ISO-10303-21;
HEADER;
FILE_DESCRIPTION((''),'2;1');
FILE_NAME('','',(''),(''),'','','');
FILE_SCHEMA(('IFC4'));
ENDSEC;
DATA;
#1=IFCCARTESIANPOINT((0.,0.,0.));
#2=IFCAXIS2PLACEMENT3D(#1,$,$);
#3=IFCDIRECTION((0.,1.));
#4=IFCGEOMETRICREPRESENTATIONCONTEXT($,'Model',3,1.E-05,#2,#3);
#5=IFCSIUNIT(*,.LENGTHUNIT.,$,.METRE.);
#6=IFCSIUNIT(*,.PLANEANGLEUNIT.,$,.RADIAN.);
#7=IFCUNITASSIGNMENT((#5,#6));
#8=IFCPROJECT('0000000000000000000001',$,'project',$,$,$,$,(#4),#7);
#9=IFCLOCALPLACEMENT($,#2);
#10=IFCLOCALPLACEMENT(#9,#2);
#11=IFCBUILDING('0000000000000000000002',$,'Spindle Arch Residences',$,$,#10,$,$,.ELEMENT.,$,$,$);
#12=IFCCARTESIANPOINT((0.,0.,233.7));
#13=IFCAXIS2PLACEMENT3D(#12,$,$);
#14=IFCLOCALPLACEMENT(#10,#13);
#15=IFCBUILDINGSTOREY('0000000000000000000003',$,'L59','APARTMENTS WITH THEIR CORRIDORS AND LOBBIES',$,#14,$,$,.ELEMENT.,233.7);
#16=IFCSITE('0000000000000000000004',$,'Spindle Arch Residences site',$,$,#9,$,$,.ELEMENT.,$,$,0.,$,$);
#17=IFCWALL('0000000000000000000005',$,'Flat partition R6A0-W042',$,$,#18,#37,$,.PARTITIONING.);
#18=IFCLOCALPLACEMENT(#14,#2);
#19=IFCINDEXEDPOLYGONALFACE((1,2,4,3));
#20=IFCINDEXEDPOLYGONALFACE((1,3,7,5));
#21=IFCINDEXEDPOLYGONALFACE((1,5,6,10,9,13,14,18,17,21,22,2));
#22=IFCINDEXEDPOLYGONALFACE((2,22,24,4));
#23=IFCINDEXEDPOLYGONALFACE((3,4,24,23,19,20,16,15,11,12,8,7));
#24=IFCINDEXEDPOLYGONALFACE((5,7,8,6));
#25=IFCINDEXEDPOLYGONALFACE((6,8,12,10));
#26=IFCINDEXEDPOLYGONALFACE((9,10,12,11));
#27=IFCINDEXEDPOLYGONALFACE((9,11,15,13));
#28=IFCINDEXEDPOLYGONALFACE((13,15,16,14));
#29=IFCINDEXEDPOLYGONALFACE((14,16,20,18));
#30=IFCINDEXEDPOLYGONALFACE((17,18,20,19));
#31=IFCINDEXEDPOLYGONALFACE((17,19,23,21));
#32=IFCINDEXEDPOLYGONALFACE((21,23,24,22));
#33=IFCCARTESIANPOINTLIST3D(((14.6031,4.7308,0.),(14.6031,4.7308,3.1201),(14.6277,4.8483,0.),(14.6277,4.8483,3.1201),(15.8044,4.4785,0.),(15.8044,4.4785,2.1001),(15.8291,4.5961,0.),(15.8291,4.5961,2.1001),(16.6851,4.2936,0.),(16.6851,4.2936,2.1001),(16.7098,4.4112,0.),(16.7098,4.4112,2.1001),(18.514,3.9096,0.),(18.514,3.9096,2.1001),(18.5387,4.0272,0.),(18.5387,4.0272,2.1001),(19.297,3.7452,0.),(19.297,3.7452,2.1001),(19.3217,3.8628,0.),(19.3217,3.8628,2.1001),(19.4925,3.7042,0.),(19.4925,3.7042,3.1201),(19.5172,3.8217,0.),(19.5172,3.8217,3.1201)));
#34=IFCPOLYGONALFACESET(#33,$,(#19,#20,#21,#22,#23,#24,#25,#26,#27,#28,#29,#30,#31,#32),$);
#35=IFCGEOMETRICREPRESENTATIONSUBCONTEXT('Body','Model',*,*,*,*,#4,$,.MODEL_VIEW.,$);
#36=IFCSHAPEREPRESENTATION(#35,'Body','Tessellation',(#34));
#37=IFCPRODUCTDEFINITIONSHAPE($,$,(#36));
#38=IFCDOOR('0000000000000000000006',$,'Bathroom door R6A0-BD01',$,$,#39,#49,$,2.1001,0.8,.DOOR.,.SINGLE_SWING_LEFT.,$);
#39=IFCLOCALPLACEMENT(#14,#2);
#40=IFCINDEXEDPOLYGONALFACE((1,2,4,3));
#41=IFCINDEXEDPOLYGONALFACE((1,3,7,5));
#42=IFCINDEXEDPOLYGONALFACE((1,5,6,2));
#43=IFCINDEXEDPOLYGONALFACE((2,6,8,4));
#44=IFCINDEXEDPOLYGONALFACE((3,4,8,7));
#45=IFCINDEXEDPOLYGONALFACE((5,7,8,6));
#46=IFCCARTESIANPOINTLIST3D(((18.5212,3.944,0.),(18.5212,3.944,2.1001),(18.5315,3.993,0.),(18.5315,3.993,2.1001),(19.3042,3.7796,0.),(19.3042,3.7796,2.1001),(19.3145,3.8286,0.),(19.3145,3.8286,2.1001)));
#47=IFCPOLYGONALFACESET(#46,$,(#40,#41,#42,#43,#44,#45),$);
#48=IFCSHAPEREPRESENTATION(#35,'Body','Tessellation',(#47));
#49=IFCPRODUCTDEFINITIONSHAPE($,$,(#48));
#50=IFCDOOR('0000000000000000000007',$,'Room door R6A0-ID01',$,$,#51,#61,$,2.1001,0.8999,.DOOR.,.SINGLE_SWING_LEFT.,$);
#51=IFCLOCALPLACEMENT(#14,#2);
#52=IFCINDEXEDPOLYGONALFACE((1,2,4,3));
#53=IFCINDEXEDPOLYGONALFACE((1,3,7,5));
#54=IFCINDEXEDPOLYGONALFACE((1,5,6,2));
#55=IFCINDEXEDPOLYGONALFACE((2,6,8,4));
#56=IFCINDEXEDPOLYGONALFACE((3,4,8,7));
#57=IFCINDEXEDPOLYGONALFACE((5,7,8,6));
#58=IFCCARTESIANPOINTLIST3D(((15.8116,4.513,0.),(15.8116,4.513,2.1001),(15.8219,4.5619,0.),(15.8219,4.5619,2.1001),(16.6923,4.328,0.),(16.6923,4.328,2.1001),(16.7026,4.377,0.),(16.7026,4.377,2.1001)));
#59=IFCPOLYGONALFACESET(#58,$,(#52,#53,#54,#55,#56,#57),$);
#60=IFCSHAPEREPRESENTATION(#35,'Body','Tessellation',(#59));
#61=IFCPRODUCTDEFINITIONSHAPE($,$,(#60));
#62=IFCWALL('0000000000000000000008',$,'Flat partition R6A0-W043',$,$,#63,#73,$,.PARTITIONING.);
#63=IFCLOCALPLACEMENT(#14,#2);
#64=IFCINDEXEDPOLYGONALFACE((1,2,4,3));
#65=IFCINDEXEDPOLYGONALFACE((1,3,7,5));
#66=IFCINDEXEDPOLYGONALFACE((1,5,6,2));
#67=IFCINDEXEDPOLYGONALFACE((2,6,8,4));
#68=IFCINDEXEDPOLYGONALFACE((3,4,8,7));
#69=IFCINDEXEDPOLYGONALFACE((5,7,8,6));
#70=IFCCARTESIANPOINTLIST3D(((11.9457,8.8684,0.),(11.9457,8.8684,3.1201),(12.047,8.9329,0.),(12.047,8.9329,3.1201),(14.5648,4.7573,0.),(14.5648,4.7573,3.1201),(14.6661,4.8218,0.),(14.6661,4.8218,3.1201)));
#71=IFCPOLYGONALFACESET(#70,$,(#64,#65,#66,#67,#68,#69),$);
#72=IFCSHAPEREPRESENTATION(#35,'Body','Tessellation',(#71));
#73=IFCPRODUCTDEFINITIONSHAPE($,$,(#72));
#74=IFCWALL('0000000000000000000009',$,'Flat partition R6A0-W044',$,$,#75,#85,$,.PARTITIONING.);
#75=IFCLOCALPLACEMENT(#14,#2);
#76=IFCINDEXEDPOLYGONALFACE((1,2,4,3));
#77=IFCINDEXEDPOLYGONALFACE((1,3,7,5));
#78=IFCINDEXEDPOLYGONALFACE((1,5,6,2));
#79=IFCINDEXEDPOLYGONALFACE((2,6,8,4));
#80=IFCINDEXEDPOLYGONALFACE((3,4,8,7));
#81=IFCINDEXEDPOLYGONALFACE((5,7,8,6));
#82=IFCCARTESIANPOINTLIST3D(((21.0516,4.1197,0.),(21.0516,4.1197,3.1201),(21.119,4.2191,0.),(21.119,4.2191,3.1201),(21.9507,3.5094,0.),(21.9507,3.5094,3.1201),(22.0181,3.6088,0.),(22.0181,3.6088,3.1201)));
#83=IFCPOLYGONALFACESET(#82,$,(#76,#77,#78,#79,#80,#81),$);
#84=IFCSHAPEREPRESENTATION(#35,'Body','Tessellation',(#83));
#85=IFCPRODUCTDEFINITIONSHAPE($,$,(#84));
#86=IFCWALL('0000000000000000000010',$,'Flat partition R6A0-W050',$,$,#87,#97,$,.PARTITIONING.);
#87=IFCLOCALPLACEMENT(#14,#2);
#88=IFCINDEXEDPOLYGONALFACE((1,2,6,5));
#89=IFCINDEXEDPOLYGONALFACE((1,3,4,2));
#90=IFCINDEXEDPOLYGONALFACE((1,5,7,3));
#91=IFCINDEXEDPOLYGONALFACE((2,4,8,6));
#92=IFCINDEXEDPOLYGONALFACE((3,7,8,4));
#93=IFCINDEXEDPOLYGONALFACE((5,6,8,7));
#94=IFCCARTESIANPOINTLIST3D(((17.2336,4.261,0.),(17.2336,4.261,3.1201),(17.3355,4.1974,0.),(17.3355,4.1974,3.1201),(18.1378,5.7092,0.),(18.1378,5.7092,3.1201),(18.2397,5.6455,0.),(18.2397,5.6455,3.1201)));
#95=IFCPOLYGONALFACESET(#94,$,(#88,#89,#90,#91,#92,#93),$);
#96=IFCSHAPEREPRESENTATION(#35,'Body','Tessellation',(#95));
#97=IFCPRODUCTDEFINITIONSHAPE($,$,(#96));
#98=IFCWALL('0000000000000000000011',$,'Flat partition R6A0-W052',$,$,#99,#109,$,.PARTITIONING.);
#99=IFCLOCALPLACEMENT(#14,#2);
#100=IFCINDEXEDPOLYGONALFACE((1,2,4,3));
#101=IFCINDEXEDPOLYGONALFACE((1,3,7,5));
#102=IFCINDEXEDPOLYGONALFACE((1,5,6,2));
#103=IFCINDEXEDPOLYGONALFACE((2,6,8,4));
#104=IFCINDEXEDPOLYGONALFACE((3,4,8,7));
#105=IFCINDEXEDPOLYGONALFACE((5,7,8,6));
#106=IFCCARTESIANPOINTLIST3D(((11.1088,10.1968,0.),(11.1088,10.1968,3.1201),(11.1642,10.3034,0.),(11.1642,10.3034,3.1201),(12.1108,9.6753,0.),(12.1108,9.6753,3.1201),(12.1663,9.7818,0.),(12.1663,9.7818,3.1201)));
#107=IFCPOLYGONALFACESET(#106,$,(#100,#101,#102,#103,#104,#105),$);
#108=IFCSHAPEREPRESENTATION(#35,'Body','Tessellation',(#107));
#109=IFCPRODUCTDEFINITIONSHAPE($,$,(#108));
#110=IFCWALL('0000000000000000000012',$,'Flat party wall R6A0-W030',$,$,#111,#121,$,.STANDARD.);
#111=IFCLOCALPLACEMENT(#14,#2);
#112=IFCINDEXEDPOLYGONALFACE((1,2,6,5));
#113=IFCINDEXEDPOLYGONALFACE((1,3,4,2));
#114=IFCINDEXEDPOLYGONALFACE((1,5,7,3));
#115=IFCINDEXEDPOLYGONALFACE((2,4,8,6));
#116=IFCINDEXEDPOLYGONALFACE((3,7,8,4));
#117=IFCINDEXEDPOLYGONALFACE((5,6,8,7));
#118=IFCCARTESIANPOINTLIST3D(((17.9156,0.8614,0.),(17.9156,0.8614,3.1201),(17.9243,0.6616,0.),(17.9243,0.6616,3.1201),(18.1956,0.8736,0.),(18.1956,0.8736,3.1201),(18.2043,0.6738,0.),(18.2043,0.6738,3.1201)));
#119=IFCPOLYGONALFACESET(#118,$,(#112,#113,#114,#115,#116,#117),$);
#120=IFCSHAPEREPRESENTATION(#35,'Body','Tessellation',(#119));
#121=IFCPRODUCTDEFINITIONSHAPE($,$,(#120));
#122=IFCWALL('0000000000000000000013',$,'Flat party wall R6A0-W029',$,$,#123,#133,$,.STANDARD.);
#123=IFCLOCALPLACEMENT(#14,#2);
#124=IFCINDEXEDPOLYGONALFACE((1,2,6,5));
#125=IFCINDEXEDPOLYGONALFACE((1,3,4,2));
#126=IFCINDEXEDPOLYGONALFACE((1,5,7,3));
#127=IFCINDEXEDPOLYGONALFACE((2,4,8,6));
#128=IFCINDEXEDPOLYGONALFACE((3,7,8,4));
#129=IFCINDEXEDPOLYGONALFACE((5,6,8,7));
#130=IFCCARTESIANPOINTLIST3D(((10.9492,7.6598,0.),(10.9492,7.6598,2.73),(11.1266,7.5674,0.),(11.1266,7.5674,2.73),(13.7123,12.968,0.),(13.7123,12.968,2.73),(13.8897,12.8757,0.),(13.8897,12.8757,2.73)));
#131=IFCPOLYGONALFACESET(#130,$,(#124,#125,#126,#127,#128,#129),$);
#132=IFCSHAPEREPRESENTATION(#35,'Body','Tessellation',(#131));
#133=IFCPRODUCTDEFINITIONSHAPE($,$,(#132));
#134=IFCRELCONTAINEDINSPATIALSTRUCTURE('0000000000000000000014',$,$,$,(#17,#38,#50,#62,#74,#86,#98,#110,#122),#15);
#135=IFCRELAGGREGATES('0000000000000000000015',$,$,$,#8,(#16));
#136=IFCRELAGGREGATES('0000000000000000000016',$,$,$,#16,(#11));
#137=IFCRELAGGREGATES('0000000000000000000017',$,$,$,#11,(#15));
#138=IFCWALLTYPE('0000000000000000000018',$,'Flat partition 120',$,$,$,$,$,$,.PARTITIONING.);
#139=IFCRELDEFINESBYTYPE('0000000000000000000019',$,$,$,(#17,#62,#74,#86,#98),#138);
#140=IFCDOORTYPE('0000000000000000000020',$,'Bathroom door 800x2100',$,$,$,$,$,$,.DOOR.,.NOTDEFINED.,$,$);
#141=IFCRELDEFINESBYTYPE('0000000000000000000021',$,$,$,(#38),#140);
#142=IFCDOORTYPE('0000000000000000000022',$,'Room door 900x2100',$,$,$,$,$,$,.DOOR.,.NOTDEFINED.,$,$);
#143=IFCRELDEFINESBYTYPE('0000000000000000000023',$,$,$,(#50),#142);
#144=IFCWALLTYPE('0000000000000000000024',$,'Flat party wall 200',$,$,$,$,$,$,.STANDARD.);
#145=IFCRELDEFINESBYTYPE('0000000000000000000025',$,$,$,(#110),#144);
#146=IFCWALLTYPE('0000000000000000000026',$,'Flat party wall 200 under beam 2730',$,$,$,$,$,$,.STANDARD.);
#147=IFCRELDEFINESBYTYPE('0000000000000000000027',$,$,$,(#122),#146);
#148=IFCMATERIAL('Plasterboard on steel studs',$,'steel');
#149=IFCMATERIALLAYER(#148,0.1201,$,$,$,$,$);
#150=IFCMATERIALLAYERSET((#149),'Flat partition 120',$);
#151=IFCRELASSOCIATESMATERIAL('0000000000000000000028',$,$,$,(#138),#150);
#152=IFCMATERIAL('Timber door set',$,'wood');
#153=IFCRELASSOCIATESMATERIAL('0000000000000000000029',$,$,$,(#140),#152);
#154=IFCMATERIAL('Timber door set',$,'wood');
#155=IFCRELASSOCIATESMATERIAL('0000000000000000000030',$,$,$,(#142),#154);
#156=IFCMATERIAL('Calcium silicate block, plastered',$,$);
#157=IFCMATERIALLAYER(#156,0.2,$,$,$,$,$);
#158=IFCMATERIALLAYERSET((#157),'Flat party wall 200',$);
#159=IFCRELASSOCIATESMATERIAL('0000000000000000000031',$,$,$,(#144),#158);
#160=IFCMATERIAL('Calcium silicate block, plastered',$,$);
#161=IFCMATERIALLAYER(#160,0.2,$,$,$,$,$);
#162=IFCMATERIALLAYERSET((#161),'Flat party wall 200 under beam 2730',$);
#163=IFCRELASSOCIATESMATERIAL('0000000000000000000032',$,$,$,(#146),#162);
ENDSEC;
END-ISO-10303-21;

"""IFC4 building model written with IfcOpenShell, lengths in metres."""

from ifc_helpers import new_model, si_unit, direction, frame, frame_2d, origin, place, context, subcontext, project, spatial, rectangle, extrude, material, layer, layer_set, type_object, element, fill, save


model = new_model("IFC4")

# Units and contexts
model_context = context("Model", 3, precision=1e-05, world=origin(), true_north=direction((0.0, 1.0)))
body_context = subcontext(model_context, "Body", "Model", "MODEL_VIEW")
ifc_project = project(units=[si_unit("LENGTHUNIT", "METRE"), si_unit("PLANEANGLEUNIT", "RADIAN")], contexts=[model_context])

# Site, building, storey
site_placement = place(None, origin())
site = spatial("IfcSite", under=ifc_project, at=site_placement, Name="Spindle Arch Residences site", CompositionType="ELEMENT", RefElevation=0.0)
building_placement = place(site_placement, origin())
building = spatial("IfcBuilding", under=site, at=building_placement, Name="Spindle Arch Residences", CompositionType="ELEMENT")
storey_placement = place(building_placement, frame((0.0, 0.0, 233.7)))
storey = spatial("IfcBuildingStorey", under=building, at=storey_placement, Name="L59", Description="APARTMENTS WITH THEIR CORRIDORS AND LOBBIES", CompositionType="ELEMENT", Elevation=233.7)

# Shared definitions
ifc_material_1 = material(Name="Plasterboard on steel studs", Category="steel")
ifc_layer_1 = layer(ifc_material_1, 0.1201)
ifc_layer_set_1 = layer_set([ifc_layer_1], Name="Flat partition 120")
wall_type_1 = type_object("IfcWallType", Name="Flat partition 120", PredefinedType="PARTITIONING", material=ifc_layer_set_1)

# Wall, openings, doors
wall_1_placement = place(storey_placement, frame((19.5049, 3.7629, 0.0), z_axis=(0.0, 0.0, 1.0), x_axis=(-0.97866, 0.205486, 0.0)))
wall_1 = element("IfcWall", 1, at=wall_1_placement, inside=storey, type_object=wall_type_1, Name="Flat partition R6A0-W042", PredefinedType="PARTITIONING", context=body_context, shape_type="SweptSolid", body=[
    extrude(rectangle(XDim=4.9961, YDim=0.1201, at=frame_2d((2.498, 0.0))), origin(), (0.0, 0.0, 1.0), 3.1201),
])
opening_1_placement = place(wall_1_placement, frame((0.2, 0.0, 0.0)))
opening_1 = element("IfcOpeningElement", 2, at=opening_1_placement, cuts=wall_1, PredefinedType="OPENING", context=body_context, shape_type="SweptSolid", body=[
    extrude(rectangle(XDim=0.8, YDim=2.1001, at=frame_2d((0.3999, 1.05))), frame((0.0, 0.0701, 0.0), z_axis=(0.0, -1.0, 0.0), x_axis=(1.0, 0.0, 0.0)), (0.0, 0.0, 1.0), 0.1401),
])
opening_2_placement = place(wall_1_placement, frame((2.8687, 0.0, 0.0)))
opening_2 = element("IfcOpeningElement", 3, at=opening_2_placement, cuts=wall_1, PredefinedType="OPENING", context=body_context, shape_type="SweptSolid", body=[
    extrude(rectangle(XDim=0.8999, YDim=2.1001, at=frame_2d((0.45, 1.05))), frame((0.0, 0.0701, 0.0), z_axis=(0.0, -1.0, 0.0), x_axis=(1.0, 0.0, 0.0)), (0.0, 0.0, 1.0), 0.1401),
])
ifc_material_2 = material(Name="Timber door set", Category="wood")
door_type_1 = type_object("IfcDoorType", Name="Bathroom door 800x2100", OperationType="NOTDEFINED", PredefinedType="DOOR", material=ifc_material_2)
door_1_placement = place(opening_1_placement, origin())
door_1 = element("IfcDoor", 4, at=door_1_placement, inside=storey, type_object=door_type_1, Name="Bathroom door R6A0-BD01", OperationType="SINGLE_SWING_LEFT", OverallHeight=2.1001, OverallWidth=0.8, PredefinedType="DOOR", context=body_context, shape_type="SweptSolid", body=[
    extrude(rectangle(XDim=0.8, YDim=2.1001, at=frame_2d((0.3999, 1.05))), frame((0.0, 0.0249, 0.0), z_axis=(0.0, -1.0, 0.0), x_axis=(1.0, 0.0, 0.0)), (0.0, 0.0, 1.0), 0.05),
])
fill(opening_1, door_1)
ifc_material_3 = material(Name="Timber door set", Category="wood")
door_type_2 = type_object("IfcDoorType", Name="Room door 900x2100", OperationType="NOTDEFINED", PredefinedType="DOOR", material=ifc_material_3)
door_2_placement = place(opening_2_placement, origin())
door_2 = element("IfcDoor", 5, at=door_2_placement, inside=storey, type_object=door_type_2, Name="Room door R6A0-ID01", OperationType="SINGLE_SWING_LEFT", OverallHeight=2.1001, OverallWidth=0.8999, PredefinedType="DOOR", context=body_context, shape_type="SweptSolid", body=[
    extrude(rectangle(XDim=0.8999, YDim=2.1001, at=frame_2d((0.45, 1.05))), frame((0.0, 0.0249, 0.0), z_axis=(0.0, -1.0, 0.0), x_axis=(1.0, 0.0, 0.0)), (0.0, 0.0, 1.0), 0.05),
])
fill(opening_2, door_2)

# Walls
wall_2_placement = place(storey_placement, frame((14.6155, 4.7896, 0.0), z_axis=(0.0, 0.0, 1.0), x_axis=(-0.537313, 0.843383, 0.0)))
element("IfcWall", 6, at=wall_2_placement, inside=storey, type_object=wall_type_1, Name="Flat partition R6A0-W043", PredefinedType="PARTITIONING", context=body_context, shape_type="SweptSolid", body=[
    extrude(rectangle(XDim=4.8745, YDim=0.1201, at=frame_2d((2.4373, 0.0))), origin(), (0.0, 0.0, 1.0), 3.1201),
])
wall_3_placement = place(storey_placement, frame((21.0852, 4.1694, 0.0), z_axis=(0.0, 0.0, 1.0), x_axis=(0.82739, -0.561628, 0.0)))
element("IfcWall", 7, at=wall_3_placement, inside=storey, type_object=wall_type_1, Name="Flat partition R6A0-W044", PredefinedType="PARTITIONING", context=body_context, shape_type="SweptSolid", body=[
    extrude(rectangle(XDim=1.0867, YDim=0.1201, at=frame_2d((0.5435, 0.0))), origin(), (0.0, 0.0, 1.0), 3.1201),
])
wall_4_placement = place(storey_placement, frame((18.1887, 5.6772, 0.0), z_axis=(0.0, 0.0, 1.0), x_axis=(-0.529639, -0.848223, 0.0)))
element("IfcWall", 8, at=wall_4_placement, inside=storey, type_object=wall_type_1, Name="Flat partition R6A0-W050", PredefinedType="PARTITIONING", context=body_context, shape_type="SweptSolid", body=[
    extrude(rectangle(XDim=1.7073, YDim=0.1201, at=frame_2d((0.8535, 0.0))), origin(), (0.0, 0.0, 1.0), 3.1201),
])
wall_5_placement = place(storey_placement, frame((12.1387, 9.7285, 0.0), z_axis=(0.0, 0.0, 1.0), x_axis=(-0.887047, 0.461679, 0.0)))
element("IfcWall", 9, at=wall_5_placement, inside=storey, type_object=wall_type_1, Name="Flat partition R6A0-W052", PredefinedType="PARTITIONING", context=body_context, shape_type="SweptSolid", body=[
    extrude(rectangle(XDim=1.1296, YDim=0.1201, at=frame_2d((0.5649, 0.0))), origin(), (0.0, 0.0, 1.0), 3.1201),
])
ifc_material_4 = material(Name="Calcium silicate block, plastered")
ifc_layer_2 = layer(ifc_material_4, 0.2)
ifc_layer_set_2 = layer_set([ifc_layer_2], Name="Flat party wall 200")
wall_type_2 = type_object("IfcWallType", Name="Flat party wall 200", PredefinedType="STANDARD", material=ifc_layer_set_2)
wall_6_placement = place(storey_placement, frame((17.9199, 0.7615, 0.0), z_axis=(0.0, 0.0, 1.0), x_axis=(0.999051, 0.043551, 0.0)))
element("IfcWall", 10, at=wall_6_placement, inside=storey, type_object=wall_type_2, Name="Flat party wall R6A0-W030", PredefinedType="STANDARD", context=body_context, shape_type="SweptSolid", body=[
    extrude(rectangle(XDim=0.2803, YDim=0.2, at=frame_2d((0.1401, 0.0))), origin(), (0.0, 0.0, 1.0), 3.1201),
])
ifc_material_5 = material(Name="Calcium silicate block, plastered")
ifc_layer_3 = layer(ifc_material_5, 0.2)
ifc_layer_set_3 = layer_set([ifc_layer_3], Name="Flat party wall 200 under beam 2730")
wall_type_3 = type_object("IfcWallType", Name="Flat party wall 200 under beam 2730", PredefinedType="STANDARD", material=ifc_layer_set_3)
wall_7_placement = place(storey_placement, frame((13.801, 12.9219, 0.0), z_axis=(0.0, 0.0, 1.0), x_axis=(-0.461726, -0.887022, 0.0)))
element("IfcWall", 11, at=wall_7_placement, inside=storey, type_object=wall_type_3, Name="Flat party wall R6A0-W029", PredefinedType="STANDARD", context=body_context, shape_type="SweptSolid", body=[
    extrude(rectangle(XDim=5.9844, YDim=0.2, at=frame_2d((2.9922, 0.0))), origin(), (0.0, 0.0, 1.0), 2.73),
])

save(model, "model.ifc")
